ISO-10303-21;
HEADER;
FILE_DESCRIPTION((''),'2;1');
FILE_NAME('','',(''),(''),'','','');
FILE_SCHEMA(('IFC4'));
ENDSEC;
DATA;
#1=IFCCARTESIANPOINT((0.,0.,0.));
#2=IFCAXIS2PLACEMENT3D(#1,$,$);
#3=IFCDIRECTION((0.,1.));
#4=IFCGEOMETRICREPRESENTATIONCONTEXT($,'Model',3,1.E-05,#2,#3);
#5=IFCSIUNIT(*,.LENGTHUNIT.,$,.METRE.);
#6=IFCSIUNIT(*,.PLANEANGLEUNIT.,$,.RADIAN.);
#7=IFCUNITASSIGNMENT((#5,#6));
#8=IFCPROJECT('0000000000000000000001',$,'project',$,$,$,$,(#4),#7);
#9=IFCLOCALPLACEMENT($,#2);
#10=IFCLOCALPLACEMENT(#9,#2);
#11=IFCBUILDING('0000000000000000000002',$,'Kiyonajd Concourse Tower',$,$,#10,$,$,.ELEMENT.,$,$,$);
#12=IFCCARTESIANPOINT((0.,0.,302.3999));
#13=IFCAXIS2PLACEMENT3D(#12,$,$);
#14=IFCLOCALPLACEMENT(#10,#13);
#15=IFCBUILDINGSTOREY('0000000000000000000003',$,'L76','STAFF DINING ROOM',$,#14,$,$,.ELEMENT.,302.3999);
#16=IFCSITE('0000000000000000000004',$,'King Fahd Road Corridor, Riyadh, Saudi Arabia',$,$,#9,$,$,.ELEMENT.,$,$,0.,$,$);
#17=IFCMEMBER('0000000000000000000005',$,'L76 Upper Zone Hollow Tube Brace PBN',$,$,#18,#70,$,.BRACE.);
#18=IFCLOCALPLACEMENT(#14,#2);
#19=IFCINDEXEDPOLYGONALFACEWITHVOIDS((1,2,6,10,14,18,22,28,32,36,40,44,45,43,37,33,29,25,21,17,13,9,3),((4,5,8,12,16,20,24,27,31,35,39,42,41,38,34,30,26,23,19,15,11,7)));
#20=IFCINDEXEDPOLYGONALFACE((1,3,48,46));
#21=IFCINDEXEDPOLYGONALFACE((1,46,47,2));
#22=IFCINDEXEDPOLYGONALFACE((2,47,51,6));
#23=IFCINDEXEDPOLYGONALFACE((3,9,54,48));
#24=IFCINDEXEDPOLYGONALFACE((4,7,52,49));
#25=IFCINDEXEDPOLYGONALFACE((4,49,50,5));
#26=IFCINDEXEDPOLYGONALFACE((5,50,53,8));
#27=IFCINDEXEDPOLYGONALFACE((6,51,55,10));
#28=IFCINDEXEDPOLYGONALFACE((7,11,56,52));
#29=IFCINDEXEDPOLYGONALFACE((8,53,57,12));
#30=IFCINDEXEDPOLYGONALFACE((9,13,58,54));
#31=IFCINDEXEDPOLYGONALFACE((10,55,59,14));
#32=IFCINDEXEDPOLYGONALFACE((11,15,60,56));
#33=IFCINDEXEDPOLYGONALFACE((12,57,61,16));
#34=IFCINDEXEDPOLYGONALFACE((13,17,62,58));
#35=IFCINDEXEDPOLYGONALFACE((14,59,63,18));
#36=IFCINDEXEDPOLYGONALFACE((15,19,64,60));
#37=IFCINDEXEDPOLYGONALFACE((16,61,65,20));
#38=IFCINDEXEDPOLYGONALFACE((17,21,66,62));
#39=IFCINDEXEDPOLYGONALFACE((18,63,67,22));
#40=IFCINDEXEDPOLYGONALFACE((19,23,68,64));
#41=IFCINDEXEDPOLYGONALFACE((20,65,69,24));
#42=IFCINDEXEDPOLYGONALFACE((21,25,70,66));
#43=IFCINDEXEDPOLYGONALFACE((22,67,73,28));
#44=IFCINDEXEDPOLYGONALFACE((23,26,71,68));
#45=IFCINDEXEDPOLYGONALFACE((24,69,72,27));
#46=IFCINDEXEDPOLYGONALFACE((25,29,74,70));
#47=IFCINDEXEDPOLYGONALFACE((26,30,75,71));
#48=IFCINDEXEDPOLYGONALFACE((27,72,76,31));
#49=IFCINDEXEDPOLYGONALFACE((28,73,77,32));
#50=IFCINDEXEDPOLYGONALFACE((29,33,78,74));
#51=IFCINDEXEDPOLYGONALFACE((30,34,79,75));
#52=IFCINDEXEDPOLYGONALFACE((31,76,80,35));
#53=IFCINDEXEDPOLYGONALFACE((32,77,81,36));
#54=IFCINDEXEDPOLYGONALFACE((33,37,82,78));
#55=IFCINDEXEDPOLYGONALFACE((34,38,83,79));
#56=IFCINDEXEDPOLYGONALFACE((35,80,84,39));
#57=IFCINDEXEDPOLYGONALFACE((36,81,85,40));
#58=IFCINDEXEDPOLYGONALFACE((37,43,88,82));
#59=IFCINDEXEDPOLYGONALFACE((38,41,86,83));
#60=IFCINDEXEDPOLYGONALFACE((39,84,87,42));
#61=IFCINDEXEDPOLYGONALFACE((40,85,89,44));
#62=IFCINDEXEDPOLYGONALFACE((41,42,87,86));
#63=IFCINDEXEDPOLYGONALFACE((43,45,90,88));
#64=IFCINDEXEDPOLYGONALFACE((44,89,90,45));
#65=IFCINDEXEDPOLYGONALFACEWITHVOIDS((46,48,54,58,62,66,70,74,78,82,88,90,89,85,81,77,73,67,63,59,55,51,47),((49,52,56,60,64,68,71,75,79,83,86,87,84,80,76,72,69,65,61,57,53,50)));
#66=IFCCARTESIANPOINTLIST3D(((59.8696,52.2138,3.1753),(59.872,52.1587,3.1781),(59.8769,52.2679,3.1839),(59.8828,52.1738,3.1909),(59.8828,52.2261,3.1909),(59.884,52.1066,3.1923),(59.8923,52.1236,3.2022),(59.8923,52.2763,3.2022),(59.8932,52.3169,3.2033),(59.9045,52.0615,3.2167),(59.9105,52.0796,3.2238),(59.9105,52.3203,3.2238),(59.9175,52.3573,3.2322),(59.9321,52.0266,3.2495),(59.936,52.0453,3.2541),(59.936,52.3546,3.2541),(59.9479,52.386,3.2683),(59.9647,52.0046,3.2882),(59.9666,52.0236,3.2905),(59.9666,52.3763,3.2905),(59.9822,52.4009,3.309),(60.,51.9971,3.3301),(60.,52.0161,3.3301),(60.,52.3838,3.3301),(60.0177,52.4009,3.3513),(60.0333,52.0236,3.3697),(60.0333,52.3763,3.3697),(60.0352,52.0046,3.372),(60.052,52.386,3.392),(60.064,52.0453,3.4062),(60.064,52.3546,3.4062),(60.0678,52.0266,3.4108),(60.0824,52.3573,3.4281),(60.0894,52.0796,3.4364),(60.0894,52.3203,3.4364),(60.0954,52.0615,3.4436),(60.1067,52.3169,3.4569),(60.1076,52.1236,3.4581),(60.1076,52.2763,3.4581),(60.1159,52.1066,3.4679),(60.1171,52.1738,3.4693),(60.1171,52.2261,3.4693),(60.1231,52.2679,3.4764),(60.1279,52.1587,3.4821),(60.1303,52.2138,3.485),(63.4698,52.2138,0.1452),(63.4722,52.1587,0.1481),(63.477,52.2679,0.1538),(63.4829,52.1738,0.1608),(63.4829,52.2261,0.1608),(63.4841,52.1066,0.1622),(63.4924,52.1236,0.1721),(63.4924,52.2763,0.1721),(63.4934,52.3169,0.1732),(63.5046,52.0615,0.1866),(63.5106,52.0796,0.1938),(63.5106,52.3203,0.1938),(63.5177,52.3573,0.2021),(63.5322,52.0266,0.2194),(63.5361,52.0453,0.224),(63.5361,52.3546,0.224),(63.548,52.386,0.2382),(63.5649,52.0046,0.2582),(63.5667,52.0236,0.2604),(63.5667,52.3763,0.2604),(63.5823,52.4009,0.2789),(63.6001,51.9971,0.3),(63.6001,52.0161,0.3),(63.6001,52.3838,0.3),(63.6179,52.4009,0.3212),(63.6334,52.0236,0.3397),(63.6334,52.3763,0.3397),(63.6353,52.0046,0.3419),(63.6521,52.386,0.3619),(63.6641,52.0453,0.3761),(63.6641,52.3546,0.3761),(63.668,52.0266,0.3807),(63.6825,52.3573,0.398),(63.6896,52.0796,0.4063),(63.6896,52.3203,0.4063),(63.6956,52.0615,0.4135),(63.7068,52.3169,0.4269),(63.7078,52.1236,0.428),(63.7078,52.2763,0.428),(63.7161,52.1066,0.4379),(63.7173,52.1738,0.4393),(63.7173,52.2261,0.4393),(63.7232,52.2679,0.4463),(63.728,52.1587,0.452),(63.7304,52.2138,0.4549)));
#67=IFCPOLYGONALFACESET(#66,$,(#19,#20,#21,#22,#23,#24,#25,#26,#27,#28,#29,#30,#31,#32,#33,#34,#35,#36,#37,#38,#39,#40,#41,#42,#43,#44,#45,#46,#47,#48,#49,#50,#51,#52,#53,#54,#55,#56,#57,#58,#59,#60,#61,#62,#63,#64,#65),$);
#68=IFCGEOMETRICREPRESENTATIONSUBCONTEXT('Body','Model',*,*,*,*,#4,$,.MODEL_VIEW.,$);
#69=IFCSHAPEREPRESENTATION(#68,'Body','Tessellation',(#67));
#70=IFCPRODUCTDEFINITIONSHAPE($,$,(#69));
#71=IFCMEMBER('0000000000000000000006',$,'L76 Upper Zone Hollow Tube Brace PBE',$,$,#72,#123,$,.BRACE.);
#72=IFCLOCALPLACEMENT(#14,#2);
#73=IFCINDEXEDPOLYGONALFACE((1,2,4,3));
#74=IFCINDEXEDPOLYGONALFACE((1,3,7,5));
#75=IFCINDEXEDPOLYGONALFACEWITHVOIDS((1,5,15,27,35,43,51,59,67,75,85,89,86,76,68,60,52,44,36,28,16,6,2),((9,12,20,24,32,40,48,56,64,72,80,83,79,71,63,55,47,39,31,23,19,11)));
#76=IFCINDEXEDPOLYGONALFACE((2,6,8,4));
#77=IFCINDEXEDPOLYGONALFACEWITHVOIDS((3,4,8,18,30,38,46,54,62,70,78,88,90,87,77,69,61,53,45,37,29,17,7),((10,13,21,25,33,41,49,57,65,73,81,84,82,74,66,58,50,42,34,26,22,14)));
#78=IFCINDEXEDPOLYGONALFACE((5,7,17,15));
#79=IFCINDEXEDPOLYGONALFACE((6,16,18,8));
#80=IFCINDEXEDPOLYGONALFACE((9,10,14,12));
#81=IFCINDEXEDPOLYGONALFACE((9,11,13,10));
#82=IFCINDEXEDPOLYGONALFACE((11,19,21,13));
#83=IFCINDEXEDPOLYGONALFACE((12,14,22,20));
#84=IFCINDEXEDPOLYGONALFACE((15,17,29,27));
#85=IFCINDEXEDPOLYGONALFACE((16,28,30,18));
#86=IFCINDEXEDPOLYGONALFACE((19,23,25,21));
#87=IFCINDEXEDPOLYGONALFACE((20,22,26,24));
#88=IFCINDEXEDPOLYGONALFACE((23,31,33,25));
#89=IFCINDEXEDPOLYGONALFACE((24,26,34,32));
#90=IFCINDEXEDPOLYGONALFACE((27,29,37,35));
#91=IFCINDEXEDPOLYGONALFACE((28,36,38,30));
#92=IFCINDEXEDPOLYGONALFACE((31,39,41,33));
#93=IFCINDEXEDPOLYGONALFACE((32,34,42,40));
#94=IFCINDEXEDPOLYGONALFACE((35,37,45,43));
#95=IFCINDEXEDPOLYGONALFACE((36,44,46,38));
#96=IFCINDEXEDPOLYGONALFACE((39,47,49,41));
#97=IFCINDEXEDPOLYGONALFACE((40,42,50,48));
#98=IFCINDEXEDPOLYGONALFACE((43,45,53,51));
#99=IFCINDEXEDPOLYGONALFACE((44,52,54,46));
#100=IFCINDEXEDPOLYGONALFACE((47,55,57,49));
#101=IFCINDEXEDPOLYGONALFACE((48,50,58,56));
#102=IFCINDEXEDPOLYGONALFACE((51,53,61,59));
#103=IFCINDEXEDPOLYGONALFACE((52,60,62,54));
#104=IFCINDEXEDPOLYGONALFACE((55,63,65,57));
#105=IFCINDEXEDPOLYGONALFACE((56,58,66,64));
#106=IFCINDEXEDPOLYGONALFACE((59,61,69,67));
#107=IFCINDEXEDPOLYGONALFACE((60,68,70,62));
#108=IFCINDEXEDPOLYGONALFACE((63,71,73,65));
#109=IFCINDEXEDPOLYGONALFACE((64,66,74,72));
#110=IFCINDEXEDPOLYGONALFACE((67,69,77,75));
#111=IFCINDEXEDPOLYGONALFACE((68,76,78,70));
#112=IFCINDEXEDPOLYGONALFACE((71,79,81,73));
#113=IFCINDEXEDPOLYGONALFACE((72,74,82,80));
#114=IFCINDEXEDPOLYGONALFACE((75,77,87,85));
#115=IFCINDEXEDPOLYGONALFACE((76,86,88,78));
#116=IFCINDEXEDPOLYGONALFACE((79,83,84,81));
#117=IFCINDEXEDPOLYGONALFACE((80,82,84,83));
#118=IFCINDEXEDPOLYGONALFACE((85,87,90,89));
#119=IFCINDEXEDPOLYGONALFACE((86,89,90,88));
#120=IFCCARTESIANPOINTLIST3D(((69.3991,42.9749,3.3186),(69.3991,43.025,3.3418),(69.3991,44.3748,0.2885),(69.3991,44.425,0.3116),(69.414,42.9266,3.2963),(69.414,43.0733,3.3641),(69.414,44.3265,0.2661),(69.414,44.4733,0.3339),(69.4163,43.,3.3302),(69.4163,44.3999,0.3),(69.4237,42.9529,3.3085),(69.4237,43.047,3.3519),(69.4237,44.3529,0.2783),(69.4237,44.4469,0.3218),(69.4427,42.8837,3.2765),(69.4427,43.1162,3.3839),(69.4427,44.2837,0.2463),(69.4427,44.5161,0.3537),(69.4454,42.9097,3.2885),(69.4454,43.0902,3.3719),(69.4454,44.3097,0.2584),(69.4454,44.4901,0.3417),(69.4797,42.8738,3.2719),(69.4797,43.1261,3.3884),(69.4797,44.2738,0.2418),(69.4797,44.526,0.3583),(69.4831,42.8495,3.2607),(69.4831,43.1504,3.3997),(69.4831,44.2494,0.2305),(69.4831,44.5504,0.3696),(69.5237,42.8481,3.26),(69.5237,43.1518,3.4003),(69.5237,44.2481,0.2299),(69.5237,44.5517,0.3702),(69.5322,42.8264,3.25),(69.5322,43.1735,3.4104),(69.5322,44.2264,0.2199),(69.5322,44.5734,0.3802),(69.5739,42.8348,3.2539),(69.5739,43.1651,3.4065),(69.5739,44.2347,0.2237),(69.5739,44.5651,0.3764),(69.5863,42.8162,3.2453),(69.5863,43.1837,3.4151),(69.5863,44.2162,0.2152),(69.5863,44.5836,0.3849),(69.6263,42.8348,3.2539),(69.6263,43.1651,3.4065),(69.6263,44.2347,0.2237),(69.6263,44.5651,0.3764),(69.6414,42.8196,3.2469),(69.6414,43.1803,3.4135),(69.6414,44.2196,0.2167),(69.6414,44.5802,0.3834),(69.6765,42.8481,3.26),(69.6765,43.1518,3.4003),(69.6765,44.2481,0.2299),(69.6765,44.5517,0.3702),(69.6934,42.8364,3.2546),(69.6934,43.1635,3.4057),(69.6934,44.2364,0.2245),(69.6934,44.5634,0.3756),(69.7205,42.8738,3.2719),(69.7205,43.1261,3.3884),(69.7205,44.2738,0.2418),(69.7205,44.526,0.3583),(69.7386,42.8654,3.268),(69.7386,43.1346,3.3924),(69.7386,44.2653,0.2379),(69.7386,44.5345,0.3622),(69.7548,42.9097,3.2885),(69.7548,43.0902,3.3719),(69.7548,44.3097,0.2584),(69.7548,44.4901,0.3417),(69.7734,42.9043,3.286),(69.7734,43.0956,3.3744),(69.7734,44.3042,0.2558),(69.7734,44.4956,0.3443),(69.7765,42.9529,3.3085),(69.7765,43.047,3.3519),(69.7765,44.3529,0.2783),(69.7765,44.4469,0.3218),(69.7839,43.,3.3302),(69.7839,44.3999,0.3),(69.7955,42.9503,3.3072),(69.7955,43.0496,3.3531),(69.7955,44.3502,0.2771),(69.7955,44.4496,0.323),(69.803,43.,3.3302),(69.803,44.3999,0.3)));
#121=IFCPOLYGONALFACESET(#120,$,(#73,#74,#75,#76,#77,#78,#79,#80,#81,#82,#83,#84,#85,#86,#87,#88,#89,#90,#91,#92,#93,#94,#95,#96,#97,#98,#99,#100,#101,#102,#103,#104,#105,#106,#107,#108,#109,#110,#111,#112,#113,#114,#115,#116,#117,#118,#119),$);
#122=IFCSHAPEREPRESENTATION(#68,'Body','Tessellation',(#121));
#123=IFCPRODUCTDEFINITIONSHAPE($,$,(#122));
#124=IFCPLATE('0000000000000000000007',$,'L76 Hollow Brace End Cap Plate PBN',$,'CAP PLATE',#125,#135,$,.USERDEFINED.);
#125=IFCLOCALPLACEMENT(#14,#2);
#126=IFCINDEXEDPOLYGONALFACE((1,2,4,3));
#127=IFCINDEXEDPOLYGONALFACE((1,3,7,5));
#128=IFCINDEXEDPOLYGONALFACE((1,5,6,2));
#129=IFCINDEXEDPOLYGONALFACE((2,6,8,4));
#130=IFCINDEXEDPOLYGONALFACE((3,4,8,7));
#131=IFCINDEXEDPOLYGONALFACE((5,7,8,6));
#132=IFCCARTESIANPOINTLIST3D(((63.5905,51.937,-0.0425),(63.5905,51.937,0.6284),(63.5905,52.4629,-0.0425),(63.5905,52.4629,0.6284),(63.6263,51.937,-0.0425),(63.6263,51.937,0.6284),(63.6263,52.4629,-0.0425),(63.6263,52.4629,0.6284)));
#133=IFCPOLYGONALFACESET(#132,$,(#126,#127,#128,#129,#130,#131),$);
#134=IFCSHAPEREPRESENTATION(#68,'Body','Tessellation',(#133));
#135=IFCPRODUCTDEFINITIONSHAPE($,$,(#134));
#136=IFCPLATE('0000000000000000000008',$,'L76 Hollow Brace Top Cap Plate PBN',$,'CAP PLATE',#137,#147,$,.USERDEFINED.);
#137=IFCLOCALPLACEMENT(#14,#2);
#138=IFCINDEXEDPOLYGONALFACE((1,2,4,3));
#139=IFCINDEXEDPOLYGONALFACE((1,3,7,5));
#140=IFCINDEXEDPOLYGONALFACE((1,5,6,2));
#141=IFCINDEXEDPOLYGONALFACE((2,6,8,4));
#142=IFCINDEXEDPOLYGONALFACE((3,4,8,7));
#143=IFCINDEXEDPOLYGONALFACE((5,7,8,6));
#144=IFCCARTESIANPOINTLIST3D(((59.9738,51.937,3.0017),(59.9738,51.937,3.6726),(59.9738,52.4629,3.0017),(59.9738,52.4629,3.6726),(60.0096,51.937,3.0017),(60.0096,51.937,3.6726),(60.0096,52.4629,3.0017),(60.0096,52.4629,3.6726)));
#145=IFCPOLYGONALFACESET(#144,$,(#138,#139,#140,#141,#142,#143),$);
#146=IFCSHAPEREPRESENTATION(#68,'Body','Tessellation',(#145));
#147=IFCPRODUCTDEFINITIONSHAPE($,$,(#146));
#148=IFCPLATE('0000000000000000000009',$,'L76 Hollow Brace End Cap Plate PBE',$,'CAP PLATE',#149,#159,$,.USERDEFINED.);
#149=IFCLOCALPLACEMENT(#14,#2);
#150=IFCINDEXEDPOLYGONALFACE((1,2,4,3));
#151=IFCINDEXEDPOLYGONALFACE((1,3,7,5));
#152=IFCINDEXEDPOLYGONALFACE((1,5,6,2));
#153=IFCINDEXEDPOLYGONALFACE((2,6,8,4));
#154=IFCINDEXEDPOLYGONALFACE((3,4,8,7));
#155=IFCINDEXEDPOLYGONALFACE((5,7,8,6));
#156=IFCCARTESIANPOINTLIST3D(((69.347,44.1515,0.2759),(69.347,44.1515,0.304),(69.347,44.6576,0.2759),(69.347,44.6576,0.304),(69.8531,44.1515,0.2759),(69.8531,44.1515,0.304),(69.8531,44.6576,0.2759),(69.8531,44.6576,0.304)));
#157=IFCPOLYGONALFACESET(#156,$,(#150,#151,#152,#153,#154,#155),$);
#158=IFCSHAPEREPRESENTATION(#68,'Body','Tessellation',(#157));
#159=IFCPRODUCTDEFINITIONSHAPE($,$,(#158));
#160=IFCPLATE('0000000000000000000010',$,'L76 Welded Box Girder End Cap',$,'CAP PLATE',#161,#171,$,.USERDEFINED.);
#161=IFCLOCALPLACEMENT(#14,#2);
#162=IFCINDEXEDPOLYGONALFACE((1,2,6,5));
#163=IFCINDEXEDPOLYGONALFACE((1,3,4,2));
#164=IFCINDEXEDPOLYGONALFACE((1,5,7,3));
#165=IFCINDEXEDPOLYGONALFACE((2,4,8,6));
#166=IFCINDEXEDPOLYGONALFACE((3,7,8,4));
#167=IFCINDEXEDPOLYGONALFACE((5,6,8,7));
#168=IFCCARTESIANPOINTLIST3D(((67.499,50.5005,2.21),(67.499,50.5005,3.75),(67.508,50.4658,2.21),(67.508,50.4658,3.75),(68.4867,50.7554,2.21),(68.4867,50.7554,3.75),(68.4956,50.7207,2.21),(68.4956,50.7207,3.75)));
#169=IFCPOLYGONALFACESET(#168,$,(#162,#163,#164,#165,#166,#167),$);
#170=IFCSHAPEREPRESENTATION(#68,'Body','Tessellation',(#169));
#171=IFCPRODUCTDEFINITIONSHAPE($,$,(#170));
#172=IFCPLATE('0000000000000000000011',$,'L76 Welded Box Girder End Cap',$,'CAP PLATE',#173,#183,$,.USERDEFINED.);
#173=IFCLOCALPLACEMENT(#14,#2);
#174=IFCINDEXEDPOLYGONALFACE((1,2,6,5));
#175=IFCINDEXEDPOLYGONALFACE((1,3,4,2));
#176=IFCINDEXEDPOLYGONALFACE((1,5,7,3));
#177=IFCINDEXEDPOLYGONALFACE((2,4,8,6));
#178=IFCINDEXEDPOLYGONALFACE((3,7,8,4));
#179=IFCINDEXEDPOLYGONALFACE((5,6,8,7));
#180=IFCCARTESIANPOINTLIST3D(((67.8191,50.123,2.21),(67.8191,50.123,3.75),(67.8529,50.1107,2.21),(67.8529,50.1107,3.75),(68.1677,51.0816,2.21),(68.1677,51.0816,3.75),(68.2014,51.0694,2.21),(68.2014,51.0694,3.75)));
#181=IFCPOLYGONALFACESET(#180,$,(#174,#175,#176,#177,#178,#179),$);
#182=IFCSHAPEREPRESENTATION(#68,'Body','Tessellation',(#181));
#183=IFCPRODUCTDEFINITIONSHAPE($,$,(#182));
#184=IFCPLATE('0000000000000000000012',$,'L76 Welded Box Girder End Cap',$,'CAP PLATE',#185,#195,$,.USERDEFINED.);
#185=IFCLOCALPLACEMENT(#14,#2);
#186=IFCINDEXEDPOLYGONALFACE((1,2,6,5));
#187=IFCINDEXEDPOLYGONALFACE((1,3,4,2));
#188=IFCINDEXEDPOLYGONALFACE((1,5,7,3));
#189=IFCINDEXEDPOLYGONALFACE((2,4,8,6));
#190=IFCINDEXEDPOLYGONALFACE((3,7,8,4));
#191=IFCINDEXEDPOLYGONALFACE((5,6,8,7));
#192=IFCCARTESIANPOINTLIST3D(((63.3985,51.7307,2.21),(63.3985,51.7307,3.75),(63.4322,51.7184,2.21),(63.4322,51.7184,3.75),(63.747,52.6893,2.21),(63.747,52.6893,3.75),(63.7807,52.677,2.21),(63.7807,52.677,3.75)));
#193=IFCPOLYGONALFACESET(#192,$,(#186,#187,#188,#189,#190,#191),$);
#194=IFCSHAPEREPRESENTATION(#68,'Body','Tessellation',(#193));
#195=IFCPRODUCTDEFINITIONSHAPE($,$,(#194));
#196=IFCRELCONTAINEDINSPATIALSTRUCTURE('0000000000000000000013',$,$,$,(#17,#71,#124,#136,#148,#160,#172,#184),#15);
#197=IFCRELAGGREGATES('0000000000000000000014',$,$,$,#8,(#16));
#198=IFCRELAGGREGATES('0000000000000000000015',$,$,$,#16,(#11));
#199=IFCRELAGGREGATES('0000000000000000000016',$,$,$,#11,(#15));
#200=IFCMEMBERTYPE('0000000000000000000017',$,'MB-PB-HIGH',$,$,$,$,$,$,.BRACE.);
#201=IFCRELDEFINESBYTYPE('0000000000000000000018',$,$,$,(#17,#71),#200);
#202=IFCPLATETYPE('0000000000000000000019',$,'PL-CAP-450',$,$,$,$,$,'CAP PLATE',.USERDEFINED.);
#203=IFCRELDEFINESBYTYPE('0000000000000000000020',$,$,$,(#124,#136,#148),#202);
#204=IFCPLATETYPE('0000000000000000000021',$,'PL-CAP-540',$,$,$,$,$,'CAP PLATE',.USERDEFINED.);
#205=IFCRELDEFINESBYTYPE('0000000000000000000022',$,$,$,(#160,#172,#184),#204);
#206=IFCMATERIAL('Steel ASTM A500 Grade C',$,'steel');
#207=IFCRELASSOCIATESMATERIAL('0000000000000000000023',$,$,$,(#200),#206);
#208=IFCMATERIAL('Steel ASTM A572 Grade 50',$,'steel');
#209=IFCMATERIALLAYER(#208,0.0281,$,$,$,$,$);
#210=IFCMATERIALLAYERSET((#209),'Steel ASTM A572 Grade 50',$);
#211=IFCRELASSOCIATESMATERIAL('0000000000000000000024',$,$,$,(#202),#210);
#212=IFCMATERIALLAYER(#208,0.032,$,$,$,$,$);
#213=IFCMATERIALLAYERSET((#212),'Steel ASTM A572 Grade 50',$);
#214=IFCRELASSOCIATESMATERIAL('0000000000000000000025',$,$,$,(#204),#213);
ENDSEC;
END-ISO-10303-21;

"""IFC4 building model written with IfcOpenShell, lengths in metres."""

from ifc_helpers import new_model, si_unit, direction, frame, origin, origin_2d, place, context, subcontext, project, spatial, rectangle, hollow_circle, extrude, material, layer, layer_set, material_profile, profile_set, type_object, element, save


model = new_model("IFC4")

# Units and contexts
model_context = context("Model", 3, precision=1e-05, world=origin(), true_north=direction((0.0, 1.0)))
body_context = subcontext(model_context, "Body", "Model", "MODEL_VIEW")
ifc_project = project(units=[si_unit("LENGTHUNIT", "METRE"), si_unit("PLANEANGLEUNIT", "RADIAN")], contexts=[model_context])

# Site, building, storey
site_placement = place(None, origin())
site = spatial("IfcSite", under=ifc_project, at=site_placement, Name="King Fahd Road Corridor, Riyadh, Saudi Arabia", CompositionType="ELEMENT", RefElevation=0.0)
building_placement = place(site_placement, origin())
building = spatial("IfcBuilding", under=site, at=building_placement, Name="Kiyonajd Concourse Tower", CompositionType="ELEMENT")
storey_placement = place(building_placement, frame((0.0, 0.0, 302.3999)))
storey = spatial("IfcBuildingStorey", under=building, at=storey_placement, Name="L76", Description="STAFF DINING ROOM", CompositionType="ELEMENT", Elevation=302.3999)

# Shared definitions
ifc_material_1 = material(Name="Steel ASTM A572 Grade 50", Category="steel")

# Members
ifc_material_2 = material(Name="Steel ASTM A500 Grade C", Category="steel")
ifc_material_profile_1 = material_profile(ifc_material_2, hollow_circle(Radius=0.2029, WallThickness=0.019, at=origin_2d()), Name="CHS-406x19")
ifc_profile_set_1 = profile_set([ifc_material_profile_1], Name="Steel ASTM A500 Grade C")
member_type = type_object("IfcMemberType", Name="MB-PB-HIGH", PredefinedType="BRACE", material=ifc_profile_set_1)
member_1_placement = place(storey_placement, frame((63.6001, 52.2, 0.3), z_axis=(-0.765082, 0.0, 0.643933), x_axis=(0.0, -1.0, 0.0)))
element("IfcMember", 1, at=member_1_placement, inside=storey, type_object=member_type, Name="L76 Upper Zone Hollow Tube Brace PBN", PredefinedType="BRACE", context=body_context, shape_type="SweptSolid", body=[
    extrude(hollow_circle(Radius=0.2029, WallThickness=0.019, at=origin_2d()), origin(), (0.0, 0.0, 1.0), 4.7056),
])
member_2_placement = place(storey_placement, frame((69.6001, 44.3999, 0.3), z_axis=(0.0, -0.419411, 0.907797), x_axis=(1.0, 0.0, 0.0)))
element("IfcMember", 2, at=member_2_placement, inside=storey, type_object=member_type, Name="L76 Upper Zone Hollow Tube Brace PBE", PredefinedType="BRACE", context=body_context, shape_type="SweptSolid", body=[
    extrude(hollow_circle(Radius=0.2029, WallThickness=0.019, at=origin_2d()), origin(), (0.0, 0.0, 1.0), 3.3379),
])

# Plates
ifc_layer_1 = layer(ifc_material_1, 0.0281)
ifc_layer_set_1 = layer_set([ifc_layer_1], Name="Steel ASTM A572 Grade 50")
plate_type_1 = type_object("IfcPlateType", Name="PL-CAP-450", ElementType="CAP PLATE", PredefinedType="USERDEFINED", material=ifc_layer_set_1)
for number, where, z_axis, x_axis, name in (
    (3, (63.6084, 52.2, -0.0425), (0.0, 0.0, 1.0), (1.0, 0.0, 0.0), "L76 Hollow Brace End Cap Plate PBN"),
    (4, (59.9917, 52.2, 3.0017), (0.0, 0.0, 1.0), (-1.0, 0.0, 0.0), "L76 Hollow Brace Top Cap Plate PBN"),
):
    element("IfcPlate", number, at=place(storey_placement, frame(where, z_axis=z_axis, x_axis=x_axis)), inside=storey, type_object=plate_type_1, Name=name, ObjectType="CAP PLATE", PredefinedType="USERDEFINED", context=body_context, shape_type="SweptSolid", body=[
        extrude(rectangle(XDim=0.0359, YDim=0.5259, at=origin_2d()), origin(), (0.0, 0.0, 1.0), 0.6709),
    ])
plate_placement = place(storey_placement, frame((69.6001, 44.4045, 0.2759), z_axis=(0.0, 0.0, 1.0), x_axis=(1.0, 0.0, 0.0)))
element("IfcPlate", 5, at=plate_placement, inside=storey, type_object=plate_type_1, Name="L76 Hollow Brace End Cap Plate PBE", ObjectType="CAP PLATE", PredefinedType="USERDEFINED", context=body_context, shape_type="SweptSolid", body=[
    extrude(rectangle(XDim=0.5061, YDim=0.5061, at=origin_2d()), origin(), (0.0, 0.0, 1.0), 0.0281),
])
ifc_layer_2 = layer(ifc_material_1, 0.032)
ifc_layer_set_2 = layer_set([ifc_layer_2], Name="Steel ASTM A572 Grade 50")
plate_type_2 = type_object("IfcPlateType", Name="PL-CAP-540", ElementType="CAP PLATE", PredefinedType="USERDEFINED", material=ifc_layer_set_2)
for number, where, z_axis, x_axis, name in (
    (6, (67.9973, 50.6106, 2.21), (0.0, 0.0, 1.0), (-0.249873, 0.968279, 0.0), "L76 Welded Box Girder End Cap"),
    (7, (68.0103, 50.5962, 2.21), (0.0, 0.0, 1.0), (0.939812, -0.341692, 0.0), "L76 Welded Box Girder End Cap"),
    (8, (63.5896, 52.2039, 2.21), (0.0, 0.0, 1.0), (-0.939812, 0.341692, 0.0), "L76 Welded Box Girder End Cap"),
):
    element("IfcPlate", number, at=place(storey_placement, frame(where, z_axis=z_axis, x_axis=x_axis)), inside=storey, type_object=plate_type_2, Name=name, ObjectType="CAP PLATE", PredefinedType="USERDEFINED", context=body_context, shape_type="SweptSolid", body=[
        extrude(rectangle(XDim=0.0359, YDim=1.02, at=origin_2d()), origin(), (0.0, 0.0, 1.0), 1.54),
    ])

save(model, "model.ifc")
